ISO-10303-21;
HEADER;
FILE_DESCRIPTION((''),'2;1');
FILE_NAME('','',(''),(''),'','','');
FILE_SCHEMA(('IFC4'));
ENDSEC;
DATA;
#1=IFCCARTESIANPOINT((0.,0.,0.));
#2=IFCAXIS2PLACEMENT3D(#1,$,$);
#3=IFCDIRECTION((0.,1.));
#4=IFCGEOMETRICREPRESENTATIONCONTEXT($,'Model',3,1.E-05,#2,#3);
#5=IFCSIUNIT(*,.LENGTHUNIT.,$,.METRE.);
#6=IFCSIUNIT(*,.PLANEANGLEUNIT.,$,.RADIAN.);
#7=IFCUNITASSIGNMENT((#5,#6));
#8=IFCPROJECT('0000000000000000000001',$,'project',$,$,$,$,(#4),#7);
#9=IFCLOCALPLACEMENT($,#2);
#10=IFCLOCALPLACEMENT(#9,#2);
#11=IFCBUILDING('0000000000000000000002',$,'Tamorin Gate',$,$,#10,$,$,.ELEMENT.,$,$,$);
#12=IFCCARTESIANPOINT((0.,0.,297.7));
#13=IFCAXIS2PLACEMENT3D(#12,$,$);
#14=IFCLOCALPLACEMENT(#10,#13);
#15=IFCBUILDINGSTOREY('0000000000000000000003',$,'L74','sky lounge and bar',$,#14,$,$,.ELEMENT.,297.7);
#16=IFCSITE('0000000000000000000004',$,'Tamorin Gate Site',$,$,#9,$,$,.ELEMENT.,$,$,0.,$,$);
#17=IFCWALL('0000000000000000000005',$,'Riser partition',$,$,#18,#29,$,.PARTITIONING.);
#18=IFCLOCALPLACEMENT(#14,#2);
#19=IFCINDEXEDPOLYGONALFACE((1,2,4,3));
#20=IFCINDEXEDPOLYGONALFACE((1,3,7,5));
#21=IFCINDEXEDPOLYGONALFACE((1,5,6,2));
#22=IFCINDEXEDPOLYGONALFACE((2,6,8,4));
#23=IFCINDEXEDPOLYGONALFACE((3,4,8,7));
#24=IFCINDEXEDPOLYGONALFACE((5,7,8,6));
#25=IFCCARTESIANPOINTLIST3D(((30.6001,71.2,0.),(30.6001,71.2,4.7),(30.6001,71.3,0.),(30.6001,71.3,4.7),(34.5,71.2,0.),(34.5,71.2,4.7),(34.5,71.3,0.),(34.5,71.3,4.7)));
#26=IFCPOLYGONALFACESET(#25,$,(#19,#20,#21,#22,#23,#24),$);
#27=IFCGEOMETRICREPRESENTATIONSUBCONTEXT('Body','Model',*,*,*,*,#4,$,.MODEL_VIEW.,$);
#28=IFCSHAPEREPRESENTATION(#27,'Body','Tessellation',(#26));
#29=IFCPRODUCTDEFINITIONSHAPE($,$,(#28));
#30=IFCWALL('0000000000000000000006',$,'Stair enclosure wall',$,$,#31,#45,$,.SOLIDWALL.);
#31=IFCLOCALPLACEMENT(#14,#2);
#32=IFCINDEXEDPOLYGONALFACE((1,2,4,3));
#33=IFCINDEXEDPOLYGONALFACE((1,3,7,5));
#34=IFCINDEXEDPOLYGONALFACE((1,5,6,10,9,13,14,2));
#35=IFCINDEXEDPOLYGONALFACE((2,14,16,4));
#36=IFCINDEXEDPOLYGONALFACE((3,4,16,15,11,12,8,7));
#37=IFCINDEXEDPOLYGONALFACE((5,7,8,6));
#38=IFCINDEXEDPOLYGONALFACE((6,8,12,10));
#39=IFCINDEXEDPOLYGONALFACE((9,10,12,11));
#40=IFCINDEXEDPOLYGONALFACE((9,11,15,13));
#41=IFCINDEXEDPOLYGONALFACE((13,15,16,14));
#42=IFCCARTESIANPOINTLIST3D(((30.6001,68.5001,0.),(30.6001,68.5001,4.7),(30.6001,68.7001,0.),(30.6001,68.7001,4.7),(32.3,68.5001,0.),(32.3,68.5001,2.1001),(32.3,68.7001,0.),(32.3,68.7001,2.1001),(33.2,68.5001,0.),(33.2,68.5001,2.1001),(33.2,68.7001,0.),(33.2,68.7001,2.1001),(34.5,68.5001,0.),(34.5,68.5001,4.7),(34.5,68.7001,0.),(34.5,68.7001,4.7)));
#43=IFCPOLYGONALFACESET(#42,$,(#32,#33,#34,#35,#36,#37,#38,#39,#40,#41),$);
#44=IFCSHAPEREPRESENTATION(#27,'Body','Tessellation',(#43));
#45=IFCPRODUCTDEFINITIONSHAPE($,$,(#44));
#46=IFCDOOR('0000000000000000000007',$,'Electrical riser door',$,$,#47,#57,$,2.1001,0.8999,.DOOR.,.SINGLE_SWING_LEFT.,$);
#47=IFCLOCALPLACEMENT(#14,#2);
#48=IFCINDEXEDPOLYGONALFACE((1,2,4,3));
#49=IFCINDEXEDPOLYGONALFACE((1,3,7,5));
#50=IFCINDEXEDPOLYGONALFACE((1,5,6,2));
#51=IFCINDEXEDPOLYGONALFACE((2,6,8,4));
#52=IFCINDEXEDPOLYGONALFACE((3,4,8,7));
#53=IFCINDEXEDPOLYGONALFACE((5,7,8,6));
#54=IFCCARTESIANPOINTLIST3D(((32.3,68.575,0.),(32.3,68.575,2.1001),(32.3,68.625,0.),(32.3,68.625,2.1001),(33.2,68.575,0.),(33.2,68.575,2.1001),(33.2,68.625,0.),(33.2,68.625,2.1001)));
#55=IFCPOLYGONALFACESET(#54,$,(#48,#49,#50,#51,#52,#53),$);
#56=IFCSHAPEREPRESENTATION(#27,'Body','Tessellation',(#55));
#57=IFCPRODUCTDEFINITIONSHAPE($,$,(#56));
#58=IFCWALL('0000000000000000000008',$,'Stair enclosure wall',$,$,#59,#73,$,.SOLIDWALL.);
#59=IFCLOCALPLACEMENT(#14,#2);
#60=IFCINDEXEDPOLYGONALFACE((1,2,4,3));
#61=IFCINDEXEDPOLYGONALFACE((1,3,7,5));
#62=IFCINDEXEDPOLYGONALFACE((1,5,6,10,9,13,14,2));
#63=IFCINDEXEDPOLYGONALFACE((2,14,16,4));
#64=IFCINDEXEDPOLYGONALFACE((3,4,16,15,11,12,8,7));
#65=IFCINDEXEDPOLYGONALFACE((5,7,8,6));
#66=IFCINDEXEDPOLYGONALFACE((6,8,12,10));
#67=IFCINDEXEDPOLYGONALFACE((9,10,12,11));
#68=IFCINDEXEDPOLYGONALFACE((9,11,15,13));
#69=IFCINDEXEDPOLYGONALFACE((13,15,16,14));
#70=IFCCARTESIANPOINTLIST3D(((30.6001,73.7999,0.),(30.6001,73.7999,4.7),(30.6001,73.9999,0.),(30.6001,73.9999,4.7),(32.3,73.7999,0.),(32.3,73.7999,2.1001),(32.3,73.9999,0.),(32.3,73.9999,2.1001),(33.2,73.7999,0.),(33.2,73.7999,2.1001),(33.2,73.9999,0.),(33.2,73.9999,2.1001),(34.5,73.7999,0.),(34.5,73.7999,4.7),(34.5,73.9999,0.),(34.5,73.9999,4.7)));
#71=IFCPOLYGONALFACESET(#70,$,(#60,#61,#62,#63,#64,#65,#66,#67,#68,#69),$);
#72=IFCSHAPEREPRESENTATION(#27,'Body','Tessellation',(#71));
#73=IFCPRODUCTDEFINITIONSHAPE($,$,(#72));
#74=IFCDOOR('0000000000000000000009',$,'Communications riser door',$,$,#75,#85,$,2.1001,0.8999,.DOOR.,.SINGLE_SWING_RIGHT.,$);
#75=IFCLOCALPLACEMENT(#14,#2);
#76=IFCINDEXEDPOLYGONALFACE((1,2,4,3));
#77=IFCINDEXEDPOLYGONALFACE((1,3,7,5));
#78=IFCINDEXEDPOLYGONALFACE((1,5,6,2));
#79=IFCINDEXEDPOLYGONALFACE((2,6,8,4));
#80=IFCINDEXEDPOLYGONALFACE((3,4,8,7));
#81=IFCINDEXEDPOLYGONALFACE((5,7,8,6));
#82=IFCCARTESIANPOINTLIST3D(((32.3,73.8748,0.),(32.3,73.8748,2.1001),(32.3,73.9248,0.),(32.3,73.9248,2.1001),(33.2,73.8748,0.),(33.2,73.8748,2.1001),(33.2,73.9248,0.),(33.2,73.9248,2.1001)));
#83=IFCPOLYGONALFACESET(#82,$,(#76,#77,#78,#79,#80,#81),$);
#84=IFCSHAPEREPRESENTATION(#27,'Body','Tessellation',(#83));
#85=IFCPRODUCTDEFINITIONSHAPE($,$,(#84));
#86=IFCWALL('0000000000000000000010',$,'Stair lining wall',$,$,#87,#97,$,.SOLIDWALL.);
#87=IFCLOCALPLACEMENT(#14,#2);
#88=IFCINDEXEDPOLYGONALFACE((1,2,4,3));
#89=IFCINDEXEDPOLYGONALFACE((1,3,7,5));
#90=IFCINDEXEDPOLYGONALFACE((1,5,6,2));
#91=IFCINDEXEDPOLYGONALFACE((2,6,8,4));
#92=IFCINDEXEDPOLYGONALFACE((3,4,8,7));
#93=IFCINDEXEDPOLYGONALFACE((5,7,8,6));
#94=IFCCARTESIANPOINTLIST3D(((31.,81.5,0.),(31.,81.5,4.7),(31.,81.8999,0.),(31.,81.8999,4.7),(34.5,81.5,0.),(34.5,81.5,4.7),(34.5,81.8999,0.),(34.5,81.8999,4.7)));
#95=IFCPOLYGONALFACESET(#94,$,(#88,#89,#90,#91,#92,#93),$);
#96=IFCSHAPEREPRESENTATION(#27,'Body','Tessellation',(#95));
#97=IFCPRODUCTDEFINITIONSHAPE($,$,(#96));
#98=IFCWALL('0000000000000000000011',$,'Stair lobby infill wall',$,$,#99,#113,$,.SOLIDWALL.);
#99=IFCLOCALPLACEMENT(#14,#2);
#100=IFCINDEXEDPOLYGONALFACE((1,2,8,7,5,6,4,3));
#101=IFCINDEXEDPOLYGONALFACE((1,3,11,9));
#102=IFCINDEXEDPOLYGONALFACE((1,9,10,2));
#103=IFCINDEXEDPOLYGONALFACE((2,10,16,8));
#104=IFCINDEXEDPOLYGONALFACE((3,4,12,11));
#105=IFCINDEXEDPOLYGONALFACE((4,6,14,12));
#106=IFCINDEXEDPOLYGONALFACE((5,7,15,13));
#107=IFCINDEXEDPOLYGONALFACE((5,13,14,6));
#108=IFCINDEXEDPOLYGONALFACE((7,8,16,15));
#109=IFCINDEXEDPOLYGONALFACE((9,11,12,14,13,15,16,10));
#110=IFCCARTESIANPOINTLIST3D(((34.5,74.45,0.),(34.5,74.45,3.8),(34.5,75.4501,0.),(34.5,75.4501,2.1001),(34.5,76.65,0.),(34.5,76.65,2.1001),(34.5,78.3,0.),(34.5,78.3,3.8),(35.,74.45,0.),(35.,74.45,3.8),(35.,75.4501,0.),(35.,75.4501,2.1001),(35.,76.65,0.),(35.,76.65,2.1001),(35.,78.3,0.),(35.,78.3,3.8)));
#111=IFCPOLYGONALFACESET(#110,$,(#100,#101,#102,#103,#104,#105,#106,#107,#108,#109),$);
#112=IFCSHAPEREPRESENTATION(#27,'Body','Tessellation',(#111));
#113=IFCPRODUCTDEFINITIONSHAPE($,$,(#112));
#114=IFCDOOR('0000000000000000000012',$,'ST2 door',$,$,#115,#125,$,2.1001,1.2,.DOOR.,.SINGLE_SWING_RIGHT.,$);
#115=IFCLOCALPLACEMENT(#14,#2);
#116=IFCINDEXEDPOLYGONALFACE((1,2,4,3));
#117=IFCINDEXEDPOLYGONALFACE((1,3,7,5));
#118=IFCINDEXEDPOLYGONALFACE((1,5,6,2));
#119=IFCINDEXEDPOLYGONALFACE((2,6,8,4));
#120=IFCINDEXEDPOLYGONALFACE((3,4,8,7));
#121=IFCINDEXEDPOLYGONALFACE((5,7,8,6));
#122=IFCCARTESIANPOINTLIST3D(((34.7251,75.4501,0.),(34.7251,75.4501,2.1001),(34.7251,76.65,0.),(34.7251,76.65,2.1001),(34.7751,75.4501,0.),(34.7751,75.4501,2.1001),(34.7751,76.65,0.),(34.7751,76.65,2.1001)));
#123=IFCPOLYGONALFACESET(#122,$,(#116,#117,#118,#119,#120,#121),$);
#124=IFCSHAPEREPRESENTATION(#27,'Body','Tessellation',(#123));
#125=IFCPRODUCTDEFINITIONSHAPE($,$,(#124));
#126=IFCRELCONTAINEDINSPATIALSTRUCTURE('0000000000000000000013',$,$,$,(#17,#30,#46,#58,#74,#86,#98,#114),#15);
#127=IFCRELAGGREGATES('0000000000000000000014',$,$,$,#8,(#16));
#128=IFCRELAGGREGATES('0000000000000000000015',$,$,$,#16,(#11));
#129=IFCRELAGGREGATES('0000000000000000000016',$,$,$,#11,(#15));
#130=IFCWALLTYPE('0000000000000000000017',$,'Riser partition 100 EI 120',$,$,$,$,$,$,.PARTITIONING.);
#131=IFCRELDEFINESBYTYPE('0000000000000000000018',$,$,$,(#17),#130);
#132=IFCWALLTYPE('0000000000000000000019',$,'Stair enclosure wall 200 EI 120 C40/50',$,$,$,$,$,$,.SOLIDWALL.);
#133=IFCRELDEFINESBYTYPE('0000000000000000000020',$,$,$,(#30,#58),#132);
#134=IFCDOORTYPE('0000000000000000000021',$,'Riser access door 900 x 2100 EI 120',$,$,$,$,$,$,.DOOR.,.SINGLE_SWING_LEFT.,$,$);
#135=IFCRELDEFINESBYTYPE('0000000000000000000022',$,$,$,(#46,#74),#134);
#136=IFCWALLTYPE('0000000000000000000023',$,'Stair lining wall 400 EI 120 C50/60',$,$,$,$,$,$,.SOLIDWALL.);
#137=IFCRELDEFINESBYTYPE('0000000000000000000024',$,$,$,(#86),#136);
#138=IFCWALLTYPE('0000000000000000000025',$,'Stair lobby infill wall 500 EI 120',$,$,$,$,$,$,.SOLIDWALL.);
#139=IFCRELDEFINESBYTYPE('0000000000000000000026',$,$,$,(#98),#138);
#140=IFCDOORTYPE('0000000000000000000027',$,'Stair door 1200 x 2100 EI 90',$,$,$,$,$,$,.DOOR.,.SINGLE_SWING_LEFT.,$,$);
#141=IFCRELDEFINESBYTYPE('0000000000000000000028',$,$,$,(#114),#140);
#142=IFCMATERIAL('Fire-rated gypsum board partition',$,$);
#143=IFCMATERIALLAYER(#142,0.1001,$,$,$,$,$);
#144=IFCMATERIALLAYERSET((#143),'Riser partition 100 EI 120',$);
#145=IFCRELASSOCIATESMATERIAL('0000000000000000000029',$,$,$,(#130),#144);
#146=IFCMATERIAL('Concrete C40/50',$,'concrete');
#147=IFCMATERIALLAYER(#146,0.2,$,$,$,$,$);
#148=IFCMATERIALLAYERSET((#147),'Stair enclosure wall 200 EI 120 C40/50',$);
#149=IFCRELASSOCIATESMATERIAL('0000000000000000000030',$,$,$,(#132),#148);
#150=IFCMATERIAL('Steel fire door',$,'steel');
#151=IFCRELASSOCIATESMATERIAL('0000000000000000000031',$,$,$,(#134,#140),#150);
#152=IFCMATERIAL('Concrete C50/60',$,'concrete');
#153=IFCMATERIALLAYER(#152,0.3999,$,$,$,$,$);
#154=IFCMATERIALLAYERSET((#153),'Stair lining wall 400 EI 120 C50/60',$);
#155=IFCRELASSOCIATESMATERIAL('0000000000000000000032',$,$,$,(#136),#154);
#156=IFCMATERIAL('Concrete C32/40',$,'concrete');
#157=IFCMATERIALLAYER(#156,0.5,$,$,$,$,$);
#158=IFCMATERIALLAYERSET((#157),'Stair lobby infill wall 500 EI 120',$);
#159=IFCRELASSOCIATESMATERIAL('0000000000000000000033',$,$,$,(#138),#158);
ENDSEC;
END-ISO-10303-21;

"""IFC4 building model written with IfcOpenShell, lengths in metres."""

from ifc_helpers import new_model, si_unit, direction, frame, frame_2d, origin, place, context, subcontext, project, spatial, rectangle, extrude, material, layer, layer_set, type_object, element, fill, save


model = new_model("IFC4")

# Units and contexts
model_context = context("Model", 3, precision=1e-05, world=origin(), true_north=direction((0.0, 1.0)))
body_context = subcontext(model_context, "Body", "Model", "MODEL_VIEW")
ifc_project = project(units=[si_unit("LENGTHUNIT", "METRE"), si_unit("PLANEANGLEUNIT", "RADIAN")], contexts=[model_context])

# Site, building, storey
site_placement = place(None, origin())
site = spatial("IfcSite", under=ifc_project, at=site_placement, Name="Tamorin Gate Site", CompositionType="ELEMENT", RefElevation=0.0)
building_placement = place(site_placement, origin())
building = spatial("IfcBuilding", under=site, at=building_placement, Name="Tamorin Gate", CompositionType="ELEMENT")
storey_placement = place(building_placement, frame((0.0, 0.0, 297.7)))
storey = spatial("IfcBuildingStorey", under=building, at=storey_placement, Name="L74", Description="sky lounge and bar", CompositionType="ELEMENT", Elevation=297.7)

# Shared definitions
ifc_material_1 = material(Name="Concrete C50/60", Category="concrete")

# Wall
ifc_material_2 = material(Name="Fire-rated gypsum board partition")
ifc_layer_1 = layer(ifc_material_2, 0.1001)
ifc_layer_set_1 = layer_set([ifc_layer_1], Name="Riser partition 100 EI 120")
wall_type_1 = type_object("IfcWallType", Name="Riser partition 100 EI 120", PredefinedType="PARTITIONING", material=ifc_layer_set_1)
wall_1_placement = place(storey_placement, frame((30.6001, 71.25, 0.0), z_axis=(0.0, 0.0, 1.0), x_axis=(1.0, 0.0, 0.0)))
element("IfcWall", 1, at=wall_1_placement, inside=storey, type_object=wall_type_1, Name="Riser partition", PredefinedType="PARTITIONING", context=body_context, shape_type="SweptSolid", body=[
    extrude(rectangle(XDim=3.8999, YDim=0.1001, at=frame_2d((1.95, 0.0))), origin(), (0.0, 0.0, 1.0), 4.7),
])

# Walls, openings, doors
ifc_material_3 = material(Name="Concrete C40/50", Category="concrete")
ifc_layer_2 = layer(ifc_material_3, 0.2)
ifc_layer_set_2 = layer_set([ifc_layer_2], Name="Stair enclosure wall 200 EI 120 C40/50")
wall_type_2 = type_object("IfcWallType", Name="Stair enclosure wall 200 EI 120 C40/50", PredefinedType="SOLIDWALL", material=ifc_layer_set_2)
wall_2_placement = place(storey_placement, frame((30.6001, 68.6001, 0.0), z_axis=(0.0, 0.0, 1.0), x_axis=(1.0, 0.0, 0.0)))
wall_2 = element("IfcWall", 2, at=wall_2_placement, inside=storey, type_object=wall_type_2, Name="Stair enclosure wall", PredefinedType="SOLIDWALL", context=body_context, shape_type="SweptSolid", body=[
    extrude(rectangle(XDim=3.8999, YDim=0.2, at=frame_2d((1.95, 0.0))), origin(), (0.0, 0.0, 1.0), 4.7),
])
opening_1_placement = place(wall_2_placement, frame((1.7, 0.0, 0.0)))
opening_1 = element("IfcOpeningElement", 3, at=opening_1_placement, cuts=wall_2, PredefinedType="OPENING", context=body_context, shape_type="SweptSolid", body=[
    extrude(rectangle(XDim=0.8999, YDim=2.1001, at=frame_2d((0.45, 1.05))), frame((0.0, 0.1099, 0.0), z_axis=(0.0, -1.0, 0.0), x_axis=(1.0, 0.0, 0.0)), (0.0, 0.0, 1.0), 0.22),
])
ifc_material_4 = material(Name="Steel fire door", Category="steel")
door_type_1 = type_object("IfcDoorType", Name="Riser access door 900 x 2100 EI 120", OperationType="SINGLE_SWING_LEFT", PredefinedType="DOOR", material=ifc_material_4)
door_1_placement = place(opening_1_placement, origin())
door_1 = element("IfcDoor", 4, at=door_1_placement, inside=storey, type_object=door_type_1, Name="Electrical riser door", OperationType="SINGLE_SWING_LEFT", OverallHeight=2.1001, OverallWidth=0.8999, PredefinedType="DOOR", context=body_context, shape_type="SweptSolid", body=[
    extrude(rectangle(XDim=0.8999, YDim=2.1001, at=frame_2d((0.45, 1.05))), frame((0.0, 0.0249, 0.0), z_axis=(0.0, -1.0, 0.0), x_axis=(1.0, 0.0, 0.0)), (0.0, 0.0, 1.0), 0.05),
])
fill(opening_1, door_1)
wall_3_placement = place(storey_placement, frame((30.6001, 73.8999, 0.0), z_axis=(0.0, 0.0, 1.0), x_axis=(1.0, 0.0, 0.0)))
wall_3 = element("IfcWall", 5, at=wall_3_placement, inside=storey, type_object=wall_type_2, Name="Stair enclosure wall", PredefinedType="SOLIDWALL", context=body_context, shape_type="SweptSolid", body=[
    extrude(rectangle(XDim=3.8999, YDim=0.2, at=frame_2d((1.95, 0.0))), origin(), (0.0, 0.0, 1.0), 4.7),
])
opening_2_placement = place(wall_3_placement, frame((1.7, 0.0, 0.0)))
opening_2 = element("IfcOpeningElement", 6, at=opening_2_placement, cuts=wall_3, PredefinedType="OPENING", context=body_context, shape_type="SweptSolid", body=[
    extrude(rectangle(XDim=0.8999, YDim=2.1001, at=frame_2d((0.45, 1.05))), frame((0.0, 0.1099, 0.0), z_axis=(0.0, -1.0, 0.0), x_axis=(1.0, 0.0, 0.0)), (0.0, 0.0, 1.0), 0.22),
])
door_2_placement = place(opening_2_placement, origin())
door_2 = element("IfcDoor", 7, at=door_2_placement, inside=storey, type_object=door_type_1, Name="Communications riser door", OperationType="SINGLE_SWING_RIGHT", OverallHeight=2.1001, OverallWidth=0.8999, PredefinedType="DOOR", context=body_context, shape_type="SweptSolid", body=[
    extrude(rectangle(XDim=0.8999, YDim=2.1001, at=frame_2d((0.45, 1.05))), frame((0.0, 0.0249, 0.0), z_axis=(0.0, -1.0, 0.0), x_axis=(1.0, 0.0, 0.0)), (0.0, 0.0, 1.0), 0.05),
])
fill(opening_2, door_2)

# Wall
ifc_layer_3 = layer(ifc_material_1, 0.3999)
ifc_layer_set_3 = layer_set([ifc_layer_3], Name="Stair lining wall 400 EI 120 C50/60")
wall_type_3 = type_object("IfcWallType", Name="Stair lining wall 400 EI 120 C50/60", PredefinedType="SOLIDWALL", material=ifc_layer_set_3)
wall_4_placement = place(storey_placement, frame((31.0, 81.7, 0.0), z_axis=(0.0, 0.0, 1.0), x_axis=(1.0, 0.0, 0.0)))
element("IfcWall", 8, at=wall_4_placement, inside=storey, type_object=wall_type_3, Name="Stair lining wall", PredefinedType="SOLIDWALL", context=body_context, shape_type="SweptSolid", body=[
    extrude(rectangle(XDim=3.5, YDim=0.3999, at=frame_2d((1.75, 0.0))), origin(), (0.0, 0.0, 1.0), 4.7),
])

# Wall, opening, door
ifc_material_5 = material(Name="Concrete C32/40", Category="concrete")
ifc_layer_4 = layer(ifc_material_5, 0.5)
ifc_layer_set_4 = layer_set([ifc_layer_4], Name="Stair lobby infill wall 500 EI 120")
wall_type_4 = type_object("IfcWallType", Name="Stair lobby infill wall 500 EI 120", PredefinedType="SOLIDWALL", material=ifc_layer_set_4)
wall_5_placement = place(storey_placement, frame((34.75, 74.45, 0.0), z_axis=(0.0, 0.0, 1.0), x_axis=(0.0, 1.0, 0.0)))
wall_5 = element("IfcWall", 9, at=wall_5_placement, inside=storey, type_object=wall_type_4, Name="Stair lobby infill wall", PredefinedType="SOLIDWALL", context=body_context, shape_type="SweptSolid", body=[
    extrude(rectangle(XDim=3.8501, YDim=0.5, at=frame_2d((1.925, 0.0))), origin(), (0.0, 0.0, 1.0), 3.8),
])
opening_3_placement = place(wall_5_placement, frame((1.0, 0.0, 0.0)))
opening_3 = element("IfcOpeningElement", 10, at=opening_3_placement, cuts=wall_5, PredefinedType="OPENING", context=body_context, shape_type="SweptSolid", body=[
    extrude(rectangle(XDim=1.2, YDim=2.1001, at=frame_2d((0.6001, 1.05))), frame((0.0, 0.26, 0.0), z_axis=(0.0, -1.0, 0.0), x_axis=(1.0, 0.0, 0.0)), (0.0, 0.0, 1.0), 0.52),
])
door_type_2 = type_object("IfcDoorType", Name="Stair door 1200 x 2100 EI 90", OperationType="SINGLE_SWING_LEFT", PredefinedType="DOOR", material=ifc_material_4)
door_3_placement = place(opening_3_placement, origin())
door_3 = element("IfcDoor", 11, at=door_3_placement, inside=storey, type_object=door_type_2, Name="ST2 door", OperationType="SINGLE_SWING_RIGHT", OverallHeight=2.1001, OverallWidth=1.2, PredefinedType="DOOR", context=body_context, shape_type="SweptSolid", body=[
    extrude(rectangle(XDim=1.2, YDim=2.1001, at=frame_2d((0.6001, 1.05))), frame((0.0, 0.0249, 0.0), z_axis=(0.0, -1.0, 0.0), x_axis=(1.0, 0.0, 0.0)), (0.0, 0.0, 1.0), 0.05),
])
fill(opening_3, door_3)

save(model, "model.ifc")
